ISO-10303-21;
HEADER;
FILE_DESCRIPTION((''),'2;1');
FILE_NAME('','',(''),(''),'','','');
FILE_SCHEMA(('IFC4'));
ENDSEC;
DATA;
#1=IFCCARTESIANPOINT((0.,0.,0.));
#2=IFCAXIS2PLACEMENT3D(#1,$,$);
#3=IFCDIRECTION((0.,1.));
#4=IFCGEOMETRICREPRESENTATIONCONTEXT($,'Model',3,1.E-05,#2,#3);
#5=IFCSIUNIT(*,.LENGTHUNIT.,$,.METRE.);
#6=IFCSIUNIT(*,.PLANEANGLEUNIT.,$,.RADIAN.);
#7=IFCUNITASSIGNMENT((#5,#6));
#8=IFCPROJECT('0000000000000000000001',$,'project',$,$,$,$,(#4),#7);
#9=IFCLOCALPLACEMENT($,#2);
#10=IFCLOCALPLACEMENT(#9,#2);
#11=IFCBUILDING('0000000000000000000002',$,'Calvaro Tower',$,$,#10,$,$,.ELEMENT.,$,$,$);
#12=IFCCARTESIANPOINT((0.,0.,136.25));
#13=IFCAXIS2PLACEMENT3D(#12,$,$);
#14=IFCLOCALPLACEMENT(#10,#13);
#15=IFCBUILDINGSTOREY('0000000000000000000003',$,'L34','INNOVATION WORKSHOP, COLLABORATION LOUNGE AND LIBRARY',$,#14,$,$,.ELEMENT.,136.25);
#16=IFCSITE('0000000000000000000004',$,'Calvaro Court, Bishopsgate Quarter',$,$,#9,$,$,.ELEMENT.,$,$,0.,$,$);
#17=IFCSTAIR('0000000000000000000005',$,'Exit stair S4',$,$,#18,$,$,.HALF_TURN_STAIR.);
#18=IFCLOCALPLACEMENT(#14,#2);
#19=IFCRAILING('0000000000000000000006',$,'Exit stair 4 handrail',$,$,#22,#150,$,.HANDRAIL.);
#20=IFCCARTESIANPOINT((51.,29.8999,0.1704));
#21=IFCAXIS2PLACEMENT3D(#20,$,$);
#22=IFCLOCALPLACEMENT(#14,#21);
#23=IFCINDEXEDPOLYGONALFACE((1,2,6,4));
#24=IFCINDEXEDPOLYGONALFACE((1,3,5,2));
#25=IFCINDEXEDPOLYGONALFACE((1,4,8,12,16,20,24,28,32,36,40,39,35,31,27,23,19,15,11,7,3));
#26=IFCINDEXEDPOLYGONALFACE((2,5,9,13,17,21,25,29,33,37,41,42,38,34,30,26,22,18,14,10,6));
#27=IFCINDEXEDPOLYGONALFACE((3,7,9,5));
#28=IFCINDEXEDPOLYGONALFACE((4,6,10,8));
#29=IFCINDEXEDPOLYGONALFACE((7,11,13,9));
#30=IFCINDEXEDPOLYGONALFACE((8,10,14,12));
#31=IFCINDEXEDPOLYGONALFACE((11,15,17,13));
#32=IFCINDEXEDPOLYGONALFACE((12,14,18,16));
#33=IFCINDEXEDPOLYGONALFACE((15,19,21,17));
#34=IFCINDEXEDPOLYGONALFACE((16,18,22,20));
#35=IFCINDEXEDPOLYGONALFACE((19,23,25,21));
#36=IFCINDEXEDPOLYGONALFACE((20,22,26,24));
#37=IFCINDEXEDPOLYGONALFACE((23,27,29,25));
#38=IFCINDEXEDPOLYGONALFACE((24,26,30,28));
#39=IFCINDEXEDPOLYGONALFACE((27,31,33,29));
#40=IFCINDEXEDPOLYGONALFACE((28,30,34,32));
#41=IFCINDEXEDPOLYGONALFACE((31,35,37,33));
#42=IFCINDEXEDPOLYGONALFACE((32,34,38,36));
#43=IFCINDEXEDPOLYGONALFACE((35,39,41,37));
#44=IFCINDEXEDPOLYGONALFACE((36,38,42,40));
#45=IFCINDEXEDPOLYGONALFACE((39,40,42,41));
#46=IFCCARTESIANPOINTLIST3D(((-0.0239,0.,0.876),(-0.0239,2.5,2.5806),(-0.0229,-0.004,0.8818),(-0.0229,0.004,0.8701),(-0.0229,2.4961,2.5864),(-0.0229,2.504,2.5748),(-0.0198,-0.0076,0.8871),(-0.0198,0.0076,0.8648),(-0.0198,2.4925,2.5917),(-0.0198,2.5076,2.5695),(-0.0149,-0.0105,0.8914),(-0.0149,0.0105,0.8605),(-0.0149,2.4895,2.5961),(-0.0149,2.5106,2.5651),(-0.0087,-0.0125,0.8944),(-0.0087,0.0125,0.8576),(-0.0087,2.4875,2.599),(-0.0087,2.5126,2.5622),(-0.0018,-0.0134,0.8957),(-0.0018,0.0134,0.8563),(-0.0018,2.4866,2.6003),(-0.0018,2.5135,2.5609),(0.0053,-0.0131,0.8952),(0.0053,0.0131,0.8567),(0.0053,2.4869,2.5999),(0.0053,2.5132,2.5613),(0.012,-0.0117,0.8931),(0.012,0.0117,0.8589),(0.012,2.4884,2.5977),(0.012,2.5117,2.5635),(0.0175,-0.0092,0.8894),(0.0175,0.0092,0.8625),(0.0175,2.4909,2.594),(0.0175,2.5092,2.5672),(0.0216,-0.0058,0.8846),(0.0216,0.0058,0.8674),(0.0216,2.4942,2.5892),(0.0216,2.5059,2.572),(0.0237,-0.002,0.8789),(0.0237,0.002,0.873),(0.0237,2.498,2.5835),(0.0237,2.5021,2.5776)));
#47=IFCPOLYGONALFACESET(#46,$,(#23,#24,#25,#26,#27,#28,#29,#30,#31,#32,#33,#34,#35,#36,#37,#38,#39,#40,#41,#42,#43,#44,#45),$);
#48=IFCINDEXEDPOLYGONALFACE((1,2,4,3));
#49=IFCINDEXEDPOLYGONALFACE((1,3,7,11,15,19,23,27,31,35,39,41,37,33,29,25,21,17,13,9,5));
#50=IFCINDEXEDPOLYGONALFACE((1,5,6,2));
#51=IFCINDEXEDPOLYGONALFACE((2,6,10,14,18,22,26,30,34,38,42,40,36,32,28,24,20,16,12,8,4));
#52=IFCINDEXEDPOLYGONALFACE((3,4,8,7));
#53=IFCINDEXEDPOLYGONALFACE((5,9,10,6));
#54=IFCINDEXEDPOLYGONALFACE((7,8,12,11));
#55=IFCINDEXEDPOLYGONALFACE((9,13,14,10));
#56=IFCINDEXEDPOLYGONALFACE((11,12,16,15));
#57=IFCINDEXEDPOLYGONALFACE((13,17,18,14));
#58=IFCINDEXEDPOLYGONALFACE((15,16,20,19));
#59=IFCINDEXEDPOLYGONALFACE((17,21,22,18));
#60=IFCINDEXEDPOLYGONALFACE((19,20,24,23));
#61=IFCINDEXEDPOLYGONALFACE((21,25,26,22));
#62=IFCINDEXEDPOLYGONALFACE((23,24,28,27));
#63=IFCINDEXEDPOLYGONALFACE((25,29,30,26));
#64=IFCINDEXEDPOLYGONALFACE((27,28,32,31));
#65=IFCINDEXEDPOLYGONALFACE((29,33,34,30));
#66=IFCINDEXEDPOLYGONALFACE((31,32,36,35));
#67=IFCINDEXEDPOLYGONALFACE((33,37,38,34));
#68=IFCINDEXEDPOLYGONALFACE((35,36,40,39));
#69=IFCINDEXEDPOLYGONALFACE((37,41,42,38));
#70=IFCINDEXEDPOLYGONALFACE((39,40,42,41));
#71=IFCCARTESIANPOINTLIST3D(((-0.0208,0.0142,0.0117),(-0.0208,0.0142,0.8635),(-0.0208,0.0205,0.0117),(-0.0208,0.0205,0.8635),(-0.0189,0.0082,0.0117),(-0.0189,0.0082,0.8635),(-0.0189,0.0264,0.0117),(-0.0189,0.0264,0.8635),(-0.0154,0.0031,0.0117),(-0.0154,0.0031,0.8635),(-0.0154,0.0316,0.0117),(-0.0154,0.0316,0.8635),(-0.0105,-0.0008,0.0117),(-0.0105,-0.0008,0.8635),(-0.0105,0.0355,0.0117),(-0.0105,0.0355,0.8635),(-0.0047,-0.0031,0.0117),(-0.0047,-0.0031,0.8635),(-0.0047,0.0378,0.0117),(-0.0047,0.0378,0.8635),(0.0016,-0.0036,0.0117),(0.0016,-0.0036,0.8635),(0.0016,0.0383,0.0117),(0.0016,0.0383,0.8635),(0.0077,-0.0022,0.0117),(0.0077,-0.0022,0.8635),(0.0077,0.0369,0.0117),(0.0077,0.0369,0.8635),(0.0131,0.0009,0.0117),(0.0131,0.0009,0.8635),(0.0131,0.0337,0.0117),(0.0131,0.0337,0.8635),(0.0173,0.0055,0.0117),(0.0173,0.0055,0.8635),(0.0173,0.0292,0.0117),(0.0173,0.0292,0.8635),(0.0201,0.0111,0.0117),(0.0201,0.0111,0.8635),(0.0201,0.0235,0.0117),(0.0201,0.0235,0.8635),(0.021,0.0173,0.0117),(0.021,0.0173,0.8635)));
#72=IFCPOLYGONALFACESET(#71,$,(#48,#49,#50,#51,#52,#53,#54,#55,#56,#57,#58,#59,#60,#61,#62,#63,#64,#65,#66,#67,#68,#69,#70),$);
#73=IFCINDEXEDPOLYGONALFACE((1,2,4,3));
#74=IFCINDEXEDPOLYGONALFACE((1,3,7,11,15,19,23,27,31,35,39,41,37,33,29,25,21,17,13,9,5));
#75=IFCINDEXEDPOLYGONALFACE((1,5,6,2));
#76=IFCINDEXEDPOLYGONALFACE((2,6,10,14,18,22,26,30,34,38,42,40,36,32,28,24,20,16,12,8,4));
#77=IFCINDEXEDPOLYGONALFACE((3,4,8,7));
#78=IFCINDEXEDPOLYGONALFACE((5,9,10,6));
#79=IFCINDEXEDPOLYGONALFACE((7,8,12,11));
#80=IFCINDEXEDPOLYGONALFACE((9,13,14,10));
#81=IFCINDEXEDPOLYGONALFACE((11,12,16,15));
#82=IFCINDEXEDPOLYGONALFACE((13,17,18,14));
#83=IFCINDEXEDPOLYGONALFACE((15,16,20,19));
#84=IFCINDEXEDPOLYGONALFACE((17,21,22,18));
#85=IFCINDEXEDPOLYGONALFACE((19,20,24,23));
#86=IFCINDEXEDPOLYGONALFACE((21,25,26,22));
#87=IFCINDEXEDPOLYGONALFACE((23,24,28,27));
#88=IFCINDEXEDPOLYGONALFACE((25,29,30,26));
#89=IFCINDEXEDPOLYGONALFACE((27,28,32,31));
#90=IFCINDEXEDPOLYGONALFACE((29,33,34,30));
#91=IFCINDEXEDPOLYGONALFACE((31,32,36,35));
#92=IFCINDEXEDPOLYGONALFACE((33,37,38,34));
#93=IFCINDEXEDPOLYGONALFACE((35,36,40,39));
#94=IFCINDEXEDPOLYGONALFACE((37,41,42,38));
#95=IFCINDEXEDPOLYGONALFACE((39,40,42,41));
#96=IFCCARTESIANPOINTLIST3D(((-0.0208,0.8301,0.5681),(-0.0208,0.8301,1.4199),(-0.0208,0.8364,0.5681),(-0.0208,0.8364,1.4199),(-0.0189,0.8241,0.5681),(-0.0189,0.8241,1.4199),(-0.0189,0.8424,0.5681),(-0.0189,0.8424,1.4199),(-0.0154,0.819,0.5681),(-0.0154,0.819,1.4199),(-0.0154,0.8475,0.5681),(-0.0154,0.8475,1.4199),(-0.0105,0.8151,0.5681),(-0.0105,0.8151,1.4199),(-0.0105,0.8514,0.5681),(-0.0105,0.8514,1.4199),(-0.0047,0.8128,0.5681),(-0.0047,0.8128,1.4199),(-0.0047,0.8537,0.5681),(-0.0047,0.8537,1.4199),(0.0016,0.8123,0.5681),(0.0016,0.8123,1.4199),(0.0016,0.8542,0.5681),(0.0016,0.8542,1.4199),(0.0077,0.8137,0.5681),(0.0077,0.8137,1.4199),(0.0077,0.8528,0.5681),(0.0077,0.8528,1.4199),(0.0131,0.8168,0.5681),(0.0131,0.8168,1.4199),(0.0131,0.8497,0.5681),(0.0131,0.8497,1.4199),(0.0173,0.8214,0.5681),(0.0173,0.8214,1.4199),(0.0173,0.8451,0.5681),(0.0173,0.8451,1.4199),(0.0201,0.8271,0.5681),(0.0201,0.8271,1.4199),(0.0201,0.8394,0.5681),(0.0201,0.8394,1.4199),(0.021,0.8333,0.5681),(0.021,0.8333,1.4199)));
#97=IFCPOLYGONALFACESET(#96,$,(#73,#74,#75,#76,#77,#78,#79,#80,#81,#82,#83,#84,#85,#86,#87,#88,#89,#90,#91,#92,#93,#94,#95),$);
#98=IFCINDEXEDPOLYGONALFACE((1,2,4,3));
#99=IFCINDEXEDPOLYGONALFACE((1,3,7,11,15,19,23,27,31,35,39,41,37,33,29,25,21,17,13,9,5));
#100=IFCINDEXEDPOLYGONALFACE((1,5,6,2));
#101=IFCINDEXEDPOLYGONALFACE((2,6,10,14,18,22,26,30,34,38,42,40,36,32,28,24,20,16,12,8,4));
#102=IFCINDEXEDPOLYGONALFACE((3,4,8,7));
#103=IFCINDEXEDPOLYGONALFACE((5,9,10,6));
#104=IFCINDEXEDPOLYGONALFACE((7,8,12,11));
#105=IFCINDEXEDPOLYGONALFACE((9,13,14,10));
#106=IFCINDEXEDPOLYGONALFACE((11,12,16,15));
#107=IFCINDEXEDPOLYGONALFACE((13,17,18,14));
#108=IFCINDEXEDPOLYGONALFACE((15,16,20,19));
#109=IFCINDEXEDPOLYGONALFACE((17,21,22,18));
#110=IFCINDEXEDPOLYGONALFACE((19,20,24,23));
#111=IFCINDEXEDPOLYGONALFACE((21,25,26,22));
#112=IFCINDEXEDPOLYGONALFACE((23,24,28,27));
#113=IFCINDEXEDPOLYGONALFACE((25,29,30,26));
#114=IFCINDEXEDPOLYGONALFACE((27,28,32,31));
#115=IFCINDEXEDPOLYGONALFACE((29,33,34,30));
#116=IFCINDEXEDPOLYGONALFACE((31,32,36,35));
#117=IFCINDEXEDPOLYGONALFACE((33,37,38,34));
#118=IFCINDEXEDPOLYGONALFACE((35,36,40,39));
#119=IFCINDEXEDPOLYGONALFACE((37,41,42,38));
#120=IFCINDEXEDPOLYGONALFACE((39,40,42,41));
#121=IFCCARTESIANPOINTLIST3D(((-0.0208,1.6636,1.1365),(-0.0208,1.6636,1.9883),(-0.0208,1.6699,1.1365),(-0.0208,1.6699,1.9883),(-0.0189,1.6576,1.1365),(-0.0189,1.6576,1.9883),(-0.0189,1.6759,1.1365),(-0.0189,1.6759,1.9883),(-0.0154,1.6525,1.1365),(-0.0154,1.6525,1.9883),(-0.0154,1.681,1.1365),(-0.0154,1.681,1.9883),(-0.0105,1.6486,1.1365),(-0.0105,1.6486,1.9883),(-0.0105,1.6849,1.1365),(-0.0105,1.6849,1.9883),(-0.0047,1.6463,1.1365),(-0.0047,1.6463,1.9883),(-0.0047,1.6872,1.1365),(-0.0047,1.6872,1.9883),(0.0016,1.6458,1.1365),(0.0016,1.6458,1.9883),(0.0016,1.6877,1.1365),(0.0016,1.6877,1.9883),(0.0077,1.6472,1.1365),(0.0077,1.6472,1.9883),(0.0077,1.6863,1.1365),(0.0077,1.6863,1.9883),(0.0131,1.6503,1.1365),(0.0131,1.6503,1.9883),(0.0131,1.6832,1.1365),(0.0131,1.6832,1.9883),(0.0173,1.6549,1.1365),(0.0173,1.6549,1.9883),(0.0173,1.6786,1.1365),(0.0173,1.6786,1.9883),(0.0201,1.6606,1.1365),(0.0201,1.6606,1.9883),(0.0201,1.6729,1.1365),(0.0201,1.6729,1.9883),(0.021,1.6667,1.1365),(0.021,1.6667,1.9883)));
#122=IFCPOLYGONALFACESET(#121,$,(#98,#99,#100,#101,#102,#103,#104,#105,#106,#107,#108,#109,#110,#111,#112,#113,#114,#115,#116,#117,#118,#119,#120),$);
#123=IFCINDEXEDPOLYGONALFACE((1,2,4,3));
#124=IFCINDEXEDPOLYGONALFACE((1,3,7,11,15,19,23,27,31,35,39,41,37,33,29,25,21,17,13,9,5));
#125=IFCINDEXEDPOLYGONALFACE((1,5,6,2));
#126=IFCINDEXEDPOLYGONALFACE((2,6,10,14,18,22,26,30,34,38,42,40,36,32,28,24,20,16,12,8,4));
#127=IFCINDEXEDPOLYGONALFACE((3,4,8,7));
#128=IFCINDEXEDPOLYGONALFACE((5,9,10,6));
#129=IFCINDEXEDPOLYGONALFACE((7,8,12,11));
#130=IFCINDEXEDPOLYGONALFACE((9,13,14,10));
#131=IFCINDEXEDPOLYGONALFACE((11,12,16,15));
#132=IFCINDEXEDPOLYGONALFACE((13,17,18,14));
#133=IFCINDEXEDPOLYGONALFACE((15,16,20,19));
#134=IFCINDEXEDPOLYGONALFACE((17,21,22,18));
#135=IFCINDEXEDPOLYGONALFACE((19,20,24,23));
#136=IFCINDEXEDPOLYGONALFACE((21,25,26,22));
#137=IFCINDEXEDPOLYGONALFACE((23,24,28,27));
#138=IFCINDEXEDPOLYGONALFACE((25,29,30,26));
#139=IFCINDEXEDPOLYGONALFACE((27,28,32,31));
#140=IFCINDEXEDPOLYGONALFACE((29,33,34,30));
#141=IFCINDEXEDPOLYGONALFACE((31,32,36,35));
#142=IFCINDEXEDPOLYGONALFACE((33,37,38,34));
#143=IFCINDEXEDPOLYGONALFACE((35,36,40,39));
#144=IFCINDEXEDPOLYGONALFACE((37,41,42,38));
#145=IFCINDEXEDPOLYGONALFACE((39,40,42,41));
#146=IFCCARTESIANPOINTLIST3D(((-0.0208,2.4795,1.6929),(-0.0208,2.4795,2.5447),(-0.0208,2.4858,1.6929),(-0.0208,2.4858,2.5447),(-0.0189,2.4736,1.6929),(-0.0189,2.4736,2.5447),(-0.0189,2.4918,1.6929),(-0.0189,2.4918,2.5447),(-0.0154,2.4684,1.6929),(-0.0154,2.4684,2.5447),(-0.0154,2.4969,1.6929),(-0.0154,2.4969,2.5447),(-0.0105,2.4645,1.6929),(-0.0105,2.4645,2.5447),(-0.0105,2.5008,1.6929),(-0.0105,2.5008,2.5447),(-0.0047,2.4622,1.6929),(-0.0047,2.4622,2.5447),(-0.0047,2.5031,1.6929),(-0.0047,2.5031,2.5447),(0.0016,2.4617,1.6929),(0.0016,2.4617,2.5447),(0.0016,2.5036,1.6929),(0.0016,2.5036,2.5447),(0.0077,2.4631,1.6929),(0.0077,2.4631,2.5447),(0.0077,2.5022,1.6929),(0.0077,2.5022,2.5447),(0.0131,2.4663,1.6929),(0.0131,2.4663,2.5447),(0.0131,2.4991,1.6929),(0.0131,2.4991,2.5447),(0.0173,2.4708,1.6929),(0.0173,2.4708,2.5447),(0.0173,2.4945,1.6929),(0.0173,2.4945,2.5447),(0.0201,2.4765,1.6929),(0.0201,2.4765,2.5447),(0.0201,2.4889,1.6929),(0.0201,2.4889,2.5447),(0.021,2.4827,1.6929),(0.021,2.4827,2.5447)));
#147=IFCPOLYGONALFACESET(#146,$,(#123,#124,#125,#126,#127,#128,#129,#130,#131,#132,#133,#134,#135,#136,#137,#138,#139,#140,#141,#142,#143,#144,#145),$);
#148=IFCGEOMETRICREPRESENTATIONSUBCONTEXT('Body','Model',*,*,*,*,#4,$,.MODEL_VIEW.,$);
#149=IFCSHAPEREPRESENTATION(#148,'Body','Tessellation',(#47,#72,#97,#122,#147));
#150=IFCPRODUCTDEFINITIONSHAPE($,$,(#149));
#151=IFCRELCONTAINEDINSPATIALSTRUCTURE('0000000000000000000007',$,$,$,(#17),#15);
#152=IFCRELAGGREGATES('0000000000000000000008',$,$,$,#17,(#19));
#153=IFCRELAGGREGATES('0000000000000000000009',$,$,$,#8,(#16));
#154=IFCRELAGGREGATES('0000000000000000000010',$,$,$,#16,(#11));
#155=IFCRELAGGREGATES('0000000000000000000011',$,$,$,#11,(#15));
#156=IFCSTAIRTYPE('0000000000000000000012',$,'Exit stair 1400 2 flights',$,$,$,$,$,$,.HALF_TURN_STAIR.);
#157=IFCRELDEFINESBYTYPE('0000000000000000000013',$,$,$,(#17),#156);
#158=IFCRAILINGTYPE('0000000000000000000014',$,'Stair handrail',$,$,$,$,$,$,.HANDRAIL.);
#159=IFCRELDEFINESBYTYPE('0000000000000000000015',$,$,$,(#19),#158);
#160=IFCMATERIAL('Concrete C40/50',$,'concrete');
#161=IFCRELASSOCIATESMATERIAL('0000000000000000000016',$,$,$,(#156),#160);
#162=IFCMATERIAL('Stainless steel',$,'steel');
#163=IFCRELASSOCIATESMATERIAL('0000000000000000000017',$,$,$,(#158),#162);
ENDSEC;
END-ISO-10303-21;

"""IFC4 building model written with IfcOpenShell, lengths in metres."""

from ifc_helpers import new_model, si_unit, direction, frame, origin, origin_2d, place, context, subcontext, project, spatial, circle, extrude, material, type_object, element, aggregate, save


model = new_model("IFC4")

# Units and contexts
model_context = context("Model", 3, precision=1e-05, world=origin(), true_north=direction((0.0, 1.0)))
body_context = subcontext(model_context, "Body", "Model", "MODEL_VIEW")
ifc_project = project(units=[si_unit("LENGTHUNIT", "METRE"), si_unit("PLANEANGLEUNIT", "RADIAN")], contexts=[model_context])

# Site, building, storey
site_placement = place(None, origin())
site = spatial("IfcSite", under=ifc_project, at=site_placement, Name="Calvaro Court, Bishopsgate Quarter", CompositionType="ELEMENT", RefElevation=0.0)
building_placement = place(site_placement, origin())
building = spatial("IfcBuilding", under=site, at=building_placement, Name="Calvaro Tower", CompositionType="ELEMENT")
storey_placement = place(building_placement, frame((0.0, 0.0, 136.25)))
storey = spatial("IfcBuildingStorey", under=building, at=storey_placement, Name="L34", Description="INNOVATION WORKSHOP, COLLABORATION LOUNGE AND LIBRARY", CompositionType="ELEMENT", Elevation=136.25)

# Stair
ifc_material_1 = material(Name="Concrete C40/50", Category="concrete")
stair_type = type_object("IfcStairType", Name="Exit stair 1400 2 flights", PredefinedType="HALF_TURN_STAIR", material=ifc_material_1)
stair_1_placement = place(storey_placement, origin())
stair_1 = element("IfcStair", 1, at=stair_1_placement, inside=storey, type_object=stair_type, Name="Exit stair S4", PredefinedType="HALF_TURN_STAIR")

# Railing
ifc_material_2 = material(Name="Stainless steel", Category="steel")
railing_type = type_object("IfcRailingType", Name="Stair handrail", PredefinedType="HANDRAIL", material=ifc_material_2)
railing_1_placement = place(storey_placement, frame((51.0, 29.8999, 0.1704)))
railing_1 = element("IfcRailing", 2, at=railing_1_placement, type_object=railing_type, Name="Exit stair 4 handrail", PredefinedType="HANDRAIL", context=body_context, shape_type="SweptSolid", body=[
    extrude(circle(Radius=0.0239, at=origin_2d()), frame((0.0, 0.0, 0.876), z_axis=(0.0, 0.826221, 0.563347), x_axis=(-1.0, 0.0, 0.0)), (0.0, 0.0, 1.0), 3.0259),
    extrude(circle(Radius=0.021, at=origin_2d()), frame((0.0, 0.0173, 0.0117)), (0.0, 0.0, 1.0), 0.8518),
    extrude(circle(Radius=0.021, at=origin_2d()), frame((0.0, 0.8333, 0.5681)), (0.0, 0.0, 1.0), 0.8518),
    extrude(circle(Radius=0.021, at=origin_2d()), frame((0.0, 1.6667, 1.1365)), (0.0, 0.0, 1.0), 0.8518),
    extrude(circle(Radius=0.021, at=origin_2d()), frame((0.0, 2.4827, 1.6929)), (0.0, 0.0, 1.0), 0.8518),
])
aggregate(stair_1, [railing_1])

save(model, "model.ifc")
